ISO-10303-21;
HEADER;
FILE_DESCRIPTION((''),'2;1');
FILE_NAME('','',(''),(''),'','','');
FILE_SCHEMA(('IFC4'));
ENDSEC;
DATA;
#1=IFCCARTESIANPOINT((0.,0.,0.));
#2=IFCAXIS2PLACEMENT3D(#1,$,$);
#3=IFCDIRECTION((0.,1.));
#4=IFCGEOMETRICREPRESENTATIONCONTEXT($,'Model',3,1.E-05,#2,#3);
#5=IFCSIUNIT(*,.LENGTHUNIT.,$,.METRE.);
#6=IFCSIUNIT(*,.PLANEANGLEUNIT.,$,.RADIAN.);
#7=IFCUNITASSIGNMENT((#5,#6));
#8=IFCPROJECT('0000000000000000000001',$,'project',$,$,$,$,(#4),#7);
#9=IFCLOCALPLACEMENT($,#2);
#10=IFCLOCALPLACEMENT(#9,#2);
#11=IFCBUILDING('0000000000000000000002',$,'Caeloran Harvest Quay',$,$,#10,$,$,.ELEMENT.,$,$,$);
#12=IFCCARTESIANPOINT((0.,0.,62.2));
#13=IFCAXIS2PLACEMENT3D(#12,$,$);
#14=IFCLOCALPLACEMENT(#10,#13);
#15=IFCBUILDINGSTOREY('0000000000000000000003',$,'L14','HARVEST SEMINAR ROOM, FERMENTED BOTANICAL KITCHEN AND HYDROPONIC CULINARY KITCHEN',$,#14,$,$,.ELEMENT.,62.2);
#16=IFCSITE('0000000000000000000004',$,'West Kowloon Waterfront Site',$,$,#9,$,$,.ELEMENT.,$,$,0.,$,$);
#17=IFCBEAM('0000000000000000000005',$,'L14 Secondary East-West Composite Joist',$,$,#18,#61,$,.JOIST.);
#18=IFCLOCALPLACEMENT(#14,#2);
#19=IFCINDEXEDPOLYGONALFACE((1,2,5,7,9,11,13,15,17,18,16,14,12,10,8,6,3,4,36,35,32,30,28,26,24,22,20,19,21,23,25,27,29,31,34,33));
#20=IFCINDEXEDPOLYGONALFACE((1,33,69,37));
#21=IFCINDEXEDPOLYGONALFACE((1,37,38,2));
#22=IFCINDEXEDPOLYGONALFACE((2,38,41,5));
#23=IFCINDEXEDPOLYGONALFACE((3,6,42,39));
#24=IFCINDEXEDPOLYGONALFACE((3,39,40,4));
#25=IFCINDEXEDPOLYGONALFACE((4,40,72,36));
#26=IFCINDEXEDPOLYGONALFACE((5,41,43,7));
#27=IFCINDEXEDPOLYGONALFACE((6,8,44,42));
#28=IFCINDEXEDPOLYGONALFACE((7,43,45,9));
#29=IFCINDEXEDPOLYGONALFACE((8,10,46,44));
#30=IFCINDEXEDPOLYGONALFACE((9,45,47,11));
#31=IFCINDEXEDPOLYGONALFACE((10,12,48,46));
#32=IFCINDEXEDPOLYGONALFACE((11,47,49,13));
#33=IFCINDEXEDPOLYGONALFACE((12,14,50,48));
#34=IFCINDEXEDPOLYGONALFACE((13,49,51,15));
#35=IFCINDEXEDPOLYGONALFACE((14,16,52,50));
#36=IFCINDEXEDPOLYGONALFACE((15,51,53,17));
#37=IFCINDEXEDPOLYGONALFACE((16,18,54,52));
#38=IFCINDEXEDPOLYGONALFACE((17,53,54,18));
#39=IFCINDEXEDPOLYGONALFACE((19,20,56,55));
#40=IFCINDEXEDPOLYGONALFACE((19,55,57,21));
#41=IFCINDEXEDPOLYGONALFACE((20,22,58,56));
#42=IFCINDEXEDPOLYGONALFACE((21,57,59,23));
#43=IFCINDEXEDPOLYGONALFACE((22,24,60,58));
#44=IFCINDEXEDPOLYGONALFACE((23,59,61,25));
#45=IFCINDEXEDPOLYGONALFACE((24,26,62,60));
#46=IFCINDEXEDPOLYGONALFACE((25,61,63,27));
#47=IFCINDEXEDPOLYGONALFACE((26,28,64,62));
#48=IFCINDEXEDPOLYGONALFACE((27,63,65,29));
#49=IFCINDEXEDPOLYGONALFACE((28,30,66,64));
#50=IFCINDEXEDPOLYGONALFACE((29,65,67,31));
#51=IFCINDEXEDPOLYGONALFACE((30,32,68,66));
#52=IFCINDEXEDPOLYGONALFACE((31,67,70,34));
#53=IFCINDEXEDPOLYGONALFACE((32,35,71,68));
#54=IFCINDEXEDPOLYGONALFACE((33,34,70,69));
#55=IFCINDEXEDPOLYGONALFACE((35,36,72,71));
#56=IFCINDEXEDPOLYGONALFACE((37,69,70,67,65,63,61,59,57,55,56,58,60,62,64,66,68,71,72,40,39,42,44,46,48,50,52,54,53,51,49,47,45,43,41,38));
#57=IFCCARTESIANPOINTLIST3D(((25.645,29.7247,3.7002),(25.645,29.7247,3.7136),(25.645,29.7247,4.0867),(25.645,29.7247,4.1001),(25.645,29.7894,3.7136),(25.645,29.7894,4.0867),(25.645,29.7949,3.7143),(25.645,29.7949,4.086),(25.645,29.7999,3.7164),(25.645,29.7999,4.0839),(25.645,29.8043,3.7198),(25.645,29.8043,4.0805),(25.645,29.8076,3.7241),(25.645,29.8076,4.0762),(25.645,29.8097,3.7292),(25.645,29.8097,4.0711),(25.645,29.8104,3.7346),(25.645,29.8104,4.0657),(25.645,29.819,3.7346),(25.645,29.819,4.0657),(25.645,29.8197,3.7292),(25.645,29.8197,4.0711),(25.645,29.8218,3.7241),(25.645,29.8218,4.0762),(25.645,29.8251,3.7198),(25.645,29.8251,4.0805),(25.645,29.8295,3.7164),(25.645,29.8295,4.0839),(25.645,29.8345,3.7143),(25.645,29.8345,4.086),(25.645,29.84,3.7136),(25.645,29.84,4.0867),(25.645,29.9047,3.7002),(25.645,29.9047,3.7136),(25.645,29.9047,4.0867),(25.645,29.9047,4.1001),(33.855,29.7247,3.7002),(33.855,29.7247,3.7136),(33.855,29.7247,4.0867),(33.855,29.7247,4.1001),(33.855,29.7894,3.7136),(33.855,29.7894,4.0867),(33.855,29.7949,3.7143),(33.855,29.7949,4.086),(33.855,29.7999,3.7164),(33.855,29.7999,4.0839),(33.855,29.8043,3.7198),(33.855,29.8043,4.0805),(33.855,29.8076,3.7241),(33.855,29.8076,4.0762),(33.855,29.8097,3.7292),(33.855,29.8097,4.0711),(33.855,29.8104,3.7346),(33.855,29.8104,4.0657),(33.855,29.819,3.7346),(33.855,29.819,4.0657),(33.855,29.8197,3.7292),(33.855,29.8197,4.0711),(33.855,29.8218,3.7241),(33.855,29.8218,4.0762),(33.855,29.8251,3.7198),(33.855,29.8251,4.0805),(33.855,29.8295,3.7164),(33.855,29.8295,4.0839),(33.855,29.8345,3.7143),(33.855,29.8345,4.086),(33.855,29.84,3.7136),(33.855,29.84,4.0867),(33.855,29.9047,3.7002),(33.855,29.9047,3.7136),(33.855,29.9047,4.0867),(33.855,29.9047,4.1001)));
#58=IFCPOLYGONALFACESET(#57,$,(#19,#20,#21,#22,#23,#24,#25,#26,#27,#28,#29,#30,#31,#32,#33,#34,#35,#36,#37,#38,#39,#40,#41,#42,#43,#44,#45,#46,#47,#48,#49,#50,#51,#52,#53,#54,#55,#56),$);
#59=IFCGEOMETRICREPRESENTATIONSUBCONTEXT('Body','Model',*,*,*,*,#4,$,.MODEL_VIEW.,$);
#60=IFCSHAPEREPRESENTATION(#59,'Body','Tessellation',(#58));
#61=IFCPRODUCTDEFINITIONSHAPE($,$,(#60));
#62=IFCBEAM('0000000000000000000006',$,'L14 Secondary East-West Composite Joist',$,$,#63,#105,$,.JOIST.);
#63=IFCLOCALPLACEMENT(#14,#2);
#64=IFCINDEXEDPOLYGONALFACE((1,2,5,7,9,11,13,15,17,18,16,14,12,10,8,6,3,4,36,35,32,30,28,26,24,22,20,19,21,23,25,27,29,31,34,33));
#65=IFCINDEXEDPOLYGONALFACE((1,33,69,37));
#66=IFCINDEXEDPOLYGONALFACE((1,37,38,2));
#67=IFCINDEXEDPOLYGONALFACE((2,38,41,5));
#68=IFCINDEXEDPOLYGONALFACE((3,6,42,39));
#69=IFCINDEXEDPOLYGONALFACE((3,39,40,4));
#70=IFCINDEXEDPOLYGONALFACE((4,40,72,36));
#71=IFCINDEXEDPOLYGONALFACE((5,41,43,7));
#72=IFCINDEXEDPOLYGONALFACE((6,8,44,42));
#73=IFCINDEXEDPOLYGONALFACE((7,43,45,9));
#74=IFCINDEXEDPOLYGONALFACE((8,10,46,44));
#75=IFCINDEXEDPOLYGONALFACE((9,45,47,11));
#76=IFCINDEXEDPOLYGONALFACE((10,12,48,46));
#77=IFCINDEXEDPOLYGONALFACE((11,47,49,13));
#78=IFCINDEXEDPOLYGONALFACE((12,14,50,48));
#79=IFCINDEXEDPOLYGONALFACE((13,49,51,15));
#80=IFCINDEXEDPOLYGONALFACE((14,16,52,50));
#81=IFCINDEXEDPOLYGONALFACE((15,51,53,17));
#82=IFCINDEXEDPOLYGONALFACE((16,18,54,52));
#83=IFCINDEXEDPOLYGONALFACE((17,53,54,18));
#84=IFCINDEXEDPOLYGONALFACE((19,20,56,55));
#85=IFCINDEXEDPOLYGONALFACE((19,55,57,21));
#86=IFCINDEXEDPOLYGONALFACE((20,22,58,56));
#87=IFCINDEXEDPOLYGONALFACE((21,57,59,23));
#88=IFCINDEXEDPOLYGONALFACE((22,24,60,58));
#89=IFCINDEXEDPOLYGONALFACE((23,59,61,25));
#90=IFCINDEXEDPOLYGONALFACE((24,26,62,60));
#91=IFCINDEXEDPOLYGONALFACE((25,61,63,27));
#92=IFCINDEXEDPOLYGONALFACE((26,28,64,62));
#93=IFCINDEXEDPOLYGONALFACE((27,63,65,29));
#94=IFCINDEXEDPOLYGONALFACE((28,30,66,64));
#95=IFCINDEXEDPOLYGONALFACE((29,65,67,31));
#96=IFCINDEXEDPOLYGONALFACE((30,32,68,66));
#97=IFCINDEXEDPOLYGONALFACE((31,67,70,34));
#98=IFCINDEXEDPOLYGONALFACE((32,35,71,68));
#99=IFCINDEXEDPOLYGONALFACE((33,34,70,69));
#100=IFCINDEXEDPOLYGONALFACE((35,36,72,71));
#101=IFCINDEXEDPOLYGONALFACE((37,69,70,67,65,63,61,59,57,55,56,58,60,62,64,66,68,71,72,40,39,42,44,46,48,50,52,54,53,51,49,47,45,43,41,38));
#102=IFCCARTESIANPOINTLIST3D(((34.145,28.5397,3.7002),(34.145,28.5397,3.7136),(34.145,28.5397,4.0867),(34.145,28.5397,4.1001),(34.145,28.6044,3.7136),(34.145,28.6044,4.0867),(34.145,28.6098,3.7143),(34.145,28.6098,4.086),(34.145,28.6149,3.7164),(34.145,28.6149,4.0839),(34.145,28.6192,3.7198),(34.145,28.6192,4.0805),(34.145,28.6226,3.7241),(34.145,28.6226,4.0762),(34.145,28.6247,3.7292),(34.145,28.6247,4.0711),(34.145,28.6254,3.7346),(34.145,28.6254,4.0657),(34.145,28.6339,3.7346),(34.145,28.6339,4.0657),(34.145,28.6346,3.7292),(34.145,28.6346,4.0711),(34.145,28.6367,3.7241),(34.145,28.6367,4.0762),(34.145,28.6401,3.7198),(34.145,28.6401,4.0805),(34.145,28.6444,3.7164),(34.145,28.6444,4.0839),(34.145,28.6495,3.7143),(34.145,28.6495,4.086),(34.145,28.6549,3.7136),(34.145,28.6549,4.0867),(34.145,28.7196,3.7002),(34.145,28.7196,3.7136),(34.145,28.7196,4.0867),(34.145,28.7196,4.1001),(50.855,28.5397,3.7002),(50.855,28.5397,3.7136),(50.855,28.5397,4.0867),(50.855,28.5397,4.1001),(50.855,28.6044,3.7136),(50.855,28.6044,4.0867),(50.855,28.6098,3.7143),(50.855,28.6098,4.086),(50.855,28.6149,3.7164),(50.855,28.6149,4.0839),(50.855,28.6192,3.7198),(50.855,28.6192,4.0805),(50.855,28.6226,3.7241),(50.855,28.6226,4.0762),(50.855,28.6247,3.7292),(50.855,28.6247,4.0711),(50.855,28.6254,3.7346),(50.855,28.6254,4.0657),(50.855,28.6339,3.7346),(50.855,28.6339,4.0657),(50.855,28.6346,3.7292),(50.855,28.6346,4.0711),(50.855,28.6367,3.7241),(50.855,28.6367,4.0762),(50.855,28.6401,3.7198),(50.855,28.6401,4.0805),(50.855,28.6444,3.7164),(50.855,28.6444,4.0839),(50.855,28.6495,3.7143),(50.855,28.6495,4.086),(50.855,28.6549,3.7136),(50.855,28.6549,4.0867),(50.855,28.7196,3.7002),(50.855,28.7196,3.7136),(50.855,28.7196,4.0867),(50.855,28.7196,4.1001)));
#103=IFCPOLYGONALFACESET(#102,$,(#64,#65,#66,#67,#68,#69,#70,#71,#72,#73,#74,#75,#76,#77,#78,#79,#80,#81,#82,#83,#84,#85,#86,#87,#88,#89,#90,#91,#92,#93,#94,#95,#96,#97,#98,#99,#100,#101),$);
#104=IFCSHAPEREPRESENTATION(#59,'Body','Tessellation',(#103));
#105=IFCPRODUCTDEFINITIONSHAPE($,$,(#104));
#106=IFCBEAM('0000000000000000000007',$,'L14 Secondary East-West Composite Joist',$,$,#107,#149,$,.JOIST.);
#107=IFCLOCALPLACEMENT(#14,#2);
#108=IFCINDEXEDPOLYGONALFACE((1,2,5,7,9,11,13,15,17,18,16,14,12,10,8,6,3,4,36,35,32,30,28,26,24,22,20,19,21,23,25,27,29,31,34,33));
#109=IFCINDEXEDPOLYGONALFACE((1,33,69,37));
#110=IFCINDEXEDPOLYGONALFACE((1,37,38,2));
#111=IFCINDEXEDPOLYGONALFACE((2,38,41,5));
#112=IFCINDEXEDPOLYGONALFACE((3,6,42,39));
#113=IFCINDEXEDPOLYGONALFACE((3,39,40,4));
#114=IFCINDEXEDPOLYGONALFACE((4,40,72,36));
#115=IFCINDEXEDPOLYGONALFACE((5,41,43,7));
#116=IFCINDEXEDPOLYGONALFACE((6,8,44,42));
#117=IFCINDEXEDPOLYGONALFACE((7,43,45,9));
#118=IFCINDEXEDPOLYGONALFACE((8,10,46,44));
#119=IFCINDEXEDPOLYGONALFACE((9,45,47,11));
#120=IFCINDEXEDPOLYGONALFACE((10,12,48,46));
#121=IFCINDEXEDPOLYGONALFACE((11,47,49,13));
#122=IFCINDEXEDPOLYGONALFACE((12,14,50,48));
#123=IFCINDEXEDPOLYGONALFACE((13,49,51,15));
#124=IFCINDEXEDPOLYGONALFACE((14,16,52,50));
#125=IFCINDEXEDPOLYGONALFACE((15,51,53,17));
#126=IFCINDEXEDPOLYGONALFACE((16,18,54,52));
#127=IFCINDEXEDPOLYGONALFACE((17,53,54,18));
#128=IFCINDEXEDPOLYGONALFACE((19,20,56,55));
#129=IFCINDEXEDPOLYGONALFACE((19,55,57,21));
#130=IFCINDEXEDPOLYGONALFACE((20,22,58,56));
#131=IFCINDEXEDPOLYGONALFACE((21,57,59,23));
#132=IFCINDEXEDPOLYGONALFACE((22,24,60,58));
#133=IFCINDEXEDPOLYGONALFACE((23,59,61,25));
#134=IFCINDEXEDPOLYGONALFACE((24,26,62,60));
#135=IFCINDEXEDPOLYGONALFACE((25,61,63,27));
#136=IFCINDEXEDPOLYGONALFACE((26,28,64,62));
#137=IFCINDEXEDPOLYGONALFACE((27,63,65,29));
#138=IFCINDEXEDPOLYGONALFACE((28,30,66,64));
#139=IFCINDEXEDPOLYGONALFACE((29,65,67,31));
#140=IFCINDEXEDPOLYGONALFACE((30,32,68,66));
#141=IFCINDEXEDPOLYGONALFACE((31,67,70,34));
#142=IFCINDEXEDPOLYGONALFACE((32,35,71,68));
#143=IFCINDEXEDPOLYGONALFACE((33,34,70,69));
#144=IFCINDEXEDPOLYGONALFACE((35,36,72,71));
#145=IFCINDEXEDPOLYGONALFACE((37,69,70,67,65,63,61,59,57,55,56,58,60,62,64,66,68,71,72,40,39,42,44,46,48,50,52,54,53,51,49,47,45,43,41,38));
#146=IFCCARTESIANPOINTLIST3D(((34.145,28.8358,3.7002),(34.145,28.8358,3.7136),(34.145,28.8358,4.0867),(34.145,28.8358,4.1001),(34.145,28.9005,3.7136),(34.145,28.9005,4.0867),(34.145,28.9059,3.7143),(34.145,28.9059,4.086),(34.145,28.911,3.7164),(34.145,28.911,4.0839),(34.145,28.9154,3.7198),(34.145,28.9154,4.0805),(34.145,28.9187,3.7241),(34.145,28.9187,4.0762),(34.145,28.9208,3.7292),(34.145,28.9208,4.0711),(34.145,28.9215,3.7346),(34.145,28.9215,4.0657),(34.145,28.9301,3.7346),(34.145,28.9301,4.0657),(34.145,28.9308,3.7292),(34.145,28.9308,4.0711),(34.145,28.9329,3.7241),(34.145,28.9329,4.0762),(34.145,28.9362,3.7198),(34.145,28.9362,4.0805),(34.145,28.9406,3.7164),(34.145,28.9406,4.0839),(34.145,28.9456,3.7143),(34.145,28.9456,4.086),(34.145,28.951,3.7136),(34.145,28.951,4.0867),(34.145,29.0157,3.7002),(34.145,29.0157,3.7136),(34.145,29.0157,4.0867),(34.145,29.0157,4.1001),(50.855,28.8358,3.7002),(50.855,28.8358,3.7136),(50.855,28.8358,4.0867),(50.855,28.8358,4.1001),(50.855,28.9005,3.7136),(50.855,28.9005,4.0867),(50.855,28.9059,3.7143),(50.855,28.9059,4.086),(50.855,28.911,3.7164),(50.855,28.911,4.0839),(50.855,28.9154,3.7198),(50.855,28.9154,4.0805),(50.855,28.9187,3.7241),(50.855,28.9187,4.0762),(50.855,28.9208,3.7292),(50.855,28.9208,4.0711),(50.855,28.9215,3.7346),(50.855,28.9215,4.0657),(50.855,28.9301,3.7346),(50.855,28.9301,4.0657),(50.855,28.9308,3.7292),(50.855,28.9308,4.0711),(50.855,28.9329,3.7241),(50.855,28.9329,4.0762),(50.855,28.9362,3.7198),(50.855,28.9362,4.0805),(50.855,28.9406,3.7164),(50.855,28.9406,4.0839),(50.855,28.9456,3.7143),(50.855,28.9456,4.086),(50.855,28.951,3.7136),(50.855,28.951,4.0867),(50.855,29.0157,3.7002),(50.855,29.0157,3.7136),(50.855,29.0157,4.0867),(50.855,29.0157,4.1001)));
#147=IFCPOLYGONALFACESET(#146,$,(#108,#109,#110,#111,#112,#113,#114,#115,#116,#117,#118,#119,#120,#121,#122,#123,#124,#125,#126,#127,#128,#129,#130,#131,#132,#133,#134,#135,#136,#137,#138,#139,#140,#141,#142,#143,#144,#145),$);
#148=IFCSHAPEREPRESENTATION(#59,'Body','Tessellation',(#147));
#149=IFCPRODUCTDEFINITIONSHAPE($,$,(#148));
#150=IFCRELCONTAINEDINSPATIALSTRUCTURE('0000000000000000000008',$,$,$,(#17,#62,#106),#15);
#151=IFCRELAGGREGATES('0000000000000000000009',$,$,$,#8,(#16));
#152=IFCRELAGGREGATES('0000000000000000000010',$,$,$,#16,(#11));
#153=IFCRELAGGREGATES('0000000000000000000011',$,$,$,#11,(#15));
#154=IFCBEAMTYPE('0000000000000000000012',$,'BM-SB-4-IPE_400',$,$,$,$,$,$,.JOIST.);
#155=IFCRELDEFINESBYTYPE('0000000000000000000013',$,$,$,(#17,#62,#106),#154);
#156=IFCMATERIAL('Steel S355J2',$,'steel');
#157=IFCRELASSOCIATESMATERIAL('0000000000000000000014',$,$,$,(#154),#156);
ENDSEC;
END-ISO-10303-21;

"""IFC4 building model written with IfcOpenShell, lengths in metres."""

from ifc_helpers import new_model, si_unit, direction, frame, origin, origin_2d, place, context, subcontext, project, spatial, i_section, extrude, material, material_profile, profile_set, type_object, element, save


model = new_model("IFC4")

# Units and contexts
model_context = context("Model", 3, precision=1e-05, world=origin(), true_north=direction((0.0, 1.0)))
body_context = subcontext(model_context, "Body", "Model", "MODEL_VIEW")
ifc_project = project(units=[si_unit("LENGTHUNIT", "METRE"), si_unit("PLANEANGLEUNIT", "RADIAN")], contexts=[model_context])

# Site, building, storey
site_placement = place(None, origin())
site = spatial("IfcSite", under=ifc_project, at=site_placement, Name="West Kowloon Waterfront Site", CompositionType="ELEMENT", RefElevation=0.0)
building_placement = place(site_placement, origin())
building = spatial("IfcBuilding", under=site, at=building_placement, Name="Caeloran Harvest Quay", CompositionType="ELEMENT")
storey_placement = place(building_placement, frame((0.0, 0.0, 62.2)))
storey = spatial("IfcBuildingStorey", under=building, at=storey_placement, Name="L14", Description="HARVEST SEMINAR ROOM, FERMENTED BOTANICAL KITCHEN AND HYDROPONIC CULINARY KITCHEN", CompositionType="ELEMENT", Elevation=62.2)

# Beams
ifc_material_1 = material(Name="Steel S355J2", Category="steel")
ifc_material_profile_1 = material_profile(ifc_material_1, i_section(OverallWidth=0.1799, OverallDepth=0.3999, WebThickness=0.0085, FlangeThickness=0.0134, FilletRadius=0.021, at=origin_2d()), Name="IPE 400")
ifc_profile_set_1 = profile_set([ifc_material_profile_1], Name="Steel S355J2")
beam_type_1 = type_object("IfcBeamType", Name="BM-SB-4-IPE_400", PredefinedType="JOIST", material=ifc_profile_set_1)
for number, where, z_axis, x_axis, name in (
    (1, (25.645, 29.8147, 3.9001), (1.0, 0.0, 0.0), (0.0, 1.0, 0.0), "L14 Secondary East-West Composite Joist"),
):
    element("IfcBeam", number, at=place(storey_placement, frame(where, z_axis=z_axis, x_axis=x_axis)), inside=storey, type_object=beam_type_1, Name=name, PredefinedType="JOIST", context=body_context, shape_type="SweptSolid", body=[
        extrude(i_section(OverallWidth=0.1799, OverallDepth=0.3999, WebThickness=0.0085, FlangeThickness=0.0134, FilletRadius=0.021, at=origin_2d()), origin(), (0.0, 0.0, 1.0), 8.21),
    ])
for number, where, z_axis, x_axis, name in (
    (2, (34.145, 28.6296, 3.9001), (1.0, 0.0, 0.0), (0.0, 1.0, 0.0), "L14 Secondary East-West Composite Joist"),
    (3, (34.145, 28.9258, 3.9001), (1.0, 0.0, 0.0), (0.0, 1.0, 0.0), "L14 Secondary East-West Composite Joist"),
):
    element("IfcBeam", number, at=place(storey_placement, frame(where, z_axis=z_axis, x_axis=x_axis)), inside=storey, type_object=beam_type_1, Name=name, PredefinedType="JOIST", context=body_context, shape_type="SweptSolid", body=[
        extrude(i_section(OverallWidth=0.1799, OverallDepth=0.3999, WebThickness=0.0085, FlangeThickness=0.0134, FilletRadius=0.021, at=origin_2d()), origin(), (0.0, 0.0, 1.0), 16.71),
    ])

save(model, "model.ifc")
